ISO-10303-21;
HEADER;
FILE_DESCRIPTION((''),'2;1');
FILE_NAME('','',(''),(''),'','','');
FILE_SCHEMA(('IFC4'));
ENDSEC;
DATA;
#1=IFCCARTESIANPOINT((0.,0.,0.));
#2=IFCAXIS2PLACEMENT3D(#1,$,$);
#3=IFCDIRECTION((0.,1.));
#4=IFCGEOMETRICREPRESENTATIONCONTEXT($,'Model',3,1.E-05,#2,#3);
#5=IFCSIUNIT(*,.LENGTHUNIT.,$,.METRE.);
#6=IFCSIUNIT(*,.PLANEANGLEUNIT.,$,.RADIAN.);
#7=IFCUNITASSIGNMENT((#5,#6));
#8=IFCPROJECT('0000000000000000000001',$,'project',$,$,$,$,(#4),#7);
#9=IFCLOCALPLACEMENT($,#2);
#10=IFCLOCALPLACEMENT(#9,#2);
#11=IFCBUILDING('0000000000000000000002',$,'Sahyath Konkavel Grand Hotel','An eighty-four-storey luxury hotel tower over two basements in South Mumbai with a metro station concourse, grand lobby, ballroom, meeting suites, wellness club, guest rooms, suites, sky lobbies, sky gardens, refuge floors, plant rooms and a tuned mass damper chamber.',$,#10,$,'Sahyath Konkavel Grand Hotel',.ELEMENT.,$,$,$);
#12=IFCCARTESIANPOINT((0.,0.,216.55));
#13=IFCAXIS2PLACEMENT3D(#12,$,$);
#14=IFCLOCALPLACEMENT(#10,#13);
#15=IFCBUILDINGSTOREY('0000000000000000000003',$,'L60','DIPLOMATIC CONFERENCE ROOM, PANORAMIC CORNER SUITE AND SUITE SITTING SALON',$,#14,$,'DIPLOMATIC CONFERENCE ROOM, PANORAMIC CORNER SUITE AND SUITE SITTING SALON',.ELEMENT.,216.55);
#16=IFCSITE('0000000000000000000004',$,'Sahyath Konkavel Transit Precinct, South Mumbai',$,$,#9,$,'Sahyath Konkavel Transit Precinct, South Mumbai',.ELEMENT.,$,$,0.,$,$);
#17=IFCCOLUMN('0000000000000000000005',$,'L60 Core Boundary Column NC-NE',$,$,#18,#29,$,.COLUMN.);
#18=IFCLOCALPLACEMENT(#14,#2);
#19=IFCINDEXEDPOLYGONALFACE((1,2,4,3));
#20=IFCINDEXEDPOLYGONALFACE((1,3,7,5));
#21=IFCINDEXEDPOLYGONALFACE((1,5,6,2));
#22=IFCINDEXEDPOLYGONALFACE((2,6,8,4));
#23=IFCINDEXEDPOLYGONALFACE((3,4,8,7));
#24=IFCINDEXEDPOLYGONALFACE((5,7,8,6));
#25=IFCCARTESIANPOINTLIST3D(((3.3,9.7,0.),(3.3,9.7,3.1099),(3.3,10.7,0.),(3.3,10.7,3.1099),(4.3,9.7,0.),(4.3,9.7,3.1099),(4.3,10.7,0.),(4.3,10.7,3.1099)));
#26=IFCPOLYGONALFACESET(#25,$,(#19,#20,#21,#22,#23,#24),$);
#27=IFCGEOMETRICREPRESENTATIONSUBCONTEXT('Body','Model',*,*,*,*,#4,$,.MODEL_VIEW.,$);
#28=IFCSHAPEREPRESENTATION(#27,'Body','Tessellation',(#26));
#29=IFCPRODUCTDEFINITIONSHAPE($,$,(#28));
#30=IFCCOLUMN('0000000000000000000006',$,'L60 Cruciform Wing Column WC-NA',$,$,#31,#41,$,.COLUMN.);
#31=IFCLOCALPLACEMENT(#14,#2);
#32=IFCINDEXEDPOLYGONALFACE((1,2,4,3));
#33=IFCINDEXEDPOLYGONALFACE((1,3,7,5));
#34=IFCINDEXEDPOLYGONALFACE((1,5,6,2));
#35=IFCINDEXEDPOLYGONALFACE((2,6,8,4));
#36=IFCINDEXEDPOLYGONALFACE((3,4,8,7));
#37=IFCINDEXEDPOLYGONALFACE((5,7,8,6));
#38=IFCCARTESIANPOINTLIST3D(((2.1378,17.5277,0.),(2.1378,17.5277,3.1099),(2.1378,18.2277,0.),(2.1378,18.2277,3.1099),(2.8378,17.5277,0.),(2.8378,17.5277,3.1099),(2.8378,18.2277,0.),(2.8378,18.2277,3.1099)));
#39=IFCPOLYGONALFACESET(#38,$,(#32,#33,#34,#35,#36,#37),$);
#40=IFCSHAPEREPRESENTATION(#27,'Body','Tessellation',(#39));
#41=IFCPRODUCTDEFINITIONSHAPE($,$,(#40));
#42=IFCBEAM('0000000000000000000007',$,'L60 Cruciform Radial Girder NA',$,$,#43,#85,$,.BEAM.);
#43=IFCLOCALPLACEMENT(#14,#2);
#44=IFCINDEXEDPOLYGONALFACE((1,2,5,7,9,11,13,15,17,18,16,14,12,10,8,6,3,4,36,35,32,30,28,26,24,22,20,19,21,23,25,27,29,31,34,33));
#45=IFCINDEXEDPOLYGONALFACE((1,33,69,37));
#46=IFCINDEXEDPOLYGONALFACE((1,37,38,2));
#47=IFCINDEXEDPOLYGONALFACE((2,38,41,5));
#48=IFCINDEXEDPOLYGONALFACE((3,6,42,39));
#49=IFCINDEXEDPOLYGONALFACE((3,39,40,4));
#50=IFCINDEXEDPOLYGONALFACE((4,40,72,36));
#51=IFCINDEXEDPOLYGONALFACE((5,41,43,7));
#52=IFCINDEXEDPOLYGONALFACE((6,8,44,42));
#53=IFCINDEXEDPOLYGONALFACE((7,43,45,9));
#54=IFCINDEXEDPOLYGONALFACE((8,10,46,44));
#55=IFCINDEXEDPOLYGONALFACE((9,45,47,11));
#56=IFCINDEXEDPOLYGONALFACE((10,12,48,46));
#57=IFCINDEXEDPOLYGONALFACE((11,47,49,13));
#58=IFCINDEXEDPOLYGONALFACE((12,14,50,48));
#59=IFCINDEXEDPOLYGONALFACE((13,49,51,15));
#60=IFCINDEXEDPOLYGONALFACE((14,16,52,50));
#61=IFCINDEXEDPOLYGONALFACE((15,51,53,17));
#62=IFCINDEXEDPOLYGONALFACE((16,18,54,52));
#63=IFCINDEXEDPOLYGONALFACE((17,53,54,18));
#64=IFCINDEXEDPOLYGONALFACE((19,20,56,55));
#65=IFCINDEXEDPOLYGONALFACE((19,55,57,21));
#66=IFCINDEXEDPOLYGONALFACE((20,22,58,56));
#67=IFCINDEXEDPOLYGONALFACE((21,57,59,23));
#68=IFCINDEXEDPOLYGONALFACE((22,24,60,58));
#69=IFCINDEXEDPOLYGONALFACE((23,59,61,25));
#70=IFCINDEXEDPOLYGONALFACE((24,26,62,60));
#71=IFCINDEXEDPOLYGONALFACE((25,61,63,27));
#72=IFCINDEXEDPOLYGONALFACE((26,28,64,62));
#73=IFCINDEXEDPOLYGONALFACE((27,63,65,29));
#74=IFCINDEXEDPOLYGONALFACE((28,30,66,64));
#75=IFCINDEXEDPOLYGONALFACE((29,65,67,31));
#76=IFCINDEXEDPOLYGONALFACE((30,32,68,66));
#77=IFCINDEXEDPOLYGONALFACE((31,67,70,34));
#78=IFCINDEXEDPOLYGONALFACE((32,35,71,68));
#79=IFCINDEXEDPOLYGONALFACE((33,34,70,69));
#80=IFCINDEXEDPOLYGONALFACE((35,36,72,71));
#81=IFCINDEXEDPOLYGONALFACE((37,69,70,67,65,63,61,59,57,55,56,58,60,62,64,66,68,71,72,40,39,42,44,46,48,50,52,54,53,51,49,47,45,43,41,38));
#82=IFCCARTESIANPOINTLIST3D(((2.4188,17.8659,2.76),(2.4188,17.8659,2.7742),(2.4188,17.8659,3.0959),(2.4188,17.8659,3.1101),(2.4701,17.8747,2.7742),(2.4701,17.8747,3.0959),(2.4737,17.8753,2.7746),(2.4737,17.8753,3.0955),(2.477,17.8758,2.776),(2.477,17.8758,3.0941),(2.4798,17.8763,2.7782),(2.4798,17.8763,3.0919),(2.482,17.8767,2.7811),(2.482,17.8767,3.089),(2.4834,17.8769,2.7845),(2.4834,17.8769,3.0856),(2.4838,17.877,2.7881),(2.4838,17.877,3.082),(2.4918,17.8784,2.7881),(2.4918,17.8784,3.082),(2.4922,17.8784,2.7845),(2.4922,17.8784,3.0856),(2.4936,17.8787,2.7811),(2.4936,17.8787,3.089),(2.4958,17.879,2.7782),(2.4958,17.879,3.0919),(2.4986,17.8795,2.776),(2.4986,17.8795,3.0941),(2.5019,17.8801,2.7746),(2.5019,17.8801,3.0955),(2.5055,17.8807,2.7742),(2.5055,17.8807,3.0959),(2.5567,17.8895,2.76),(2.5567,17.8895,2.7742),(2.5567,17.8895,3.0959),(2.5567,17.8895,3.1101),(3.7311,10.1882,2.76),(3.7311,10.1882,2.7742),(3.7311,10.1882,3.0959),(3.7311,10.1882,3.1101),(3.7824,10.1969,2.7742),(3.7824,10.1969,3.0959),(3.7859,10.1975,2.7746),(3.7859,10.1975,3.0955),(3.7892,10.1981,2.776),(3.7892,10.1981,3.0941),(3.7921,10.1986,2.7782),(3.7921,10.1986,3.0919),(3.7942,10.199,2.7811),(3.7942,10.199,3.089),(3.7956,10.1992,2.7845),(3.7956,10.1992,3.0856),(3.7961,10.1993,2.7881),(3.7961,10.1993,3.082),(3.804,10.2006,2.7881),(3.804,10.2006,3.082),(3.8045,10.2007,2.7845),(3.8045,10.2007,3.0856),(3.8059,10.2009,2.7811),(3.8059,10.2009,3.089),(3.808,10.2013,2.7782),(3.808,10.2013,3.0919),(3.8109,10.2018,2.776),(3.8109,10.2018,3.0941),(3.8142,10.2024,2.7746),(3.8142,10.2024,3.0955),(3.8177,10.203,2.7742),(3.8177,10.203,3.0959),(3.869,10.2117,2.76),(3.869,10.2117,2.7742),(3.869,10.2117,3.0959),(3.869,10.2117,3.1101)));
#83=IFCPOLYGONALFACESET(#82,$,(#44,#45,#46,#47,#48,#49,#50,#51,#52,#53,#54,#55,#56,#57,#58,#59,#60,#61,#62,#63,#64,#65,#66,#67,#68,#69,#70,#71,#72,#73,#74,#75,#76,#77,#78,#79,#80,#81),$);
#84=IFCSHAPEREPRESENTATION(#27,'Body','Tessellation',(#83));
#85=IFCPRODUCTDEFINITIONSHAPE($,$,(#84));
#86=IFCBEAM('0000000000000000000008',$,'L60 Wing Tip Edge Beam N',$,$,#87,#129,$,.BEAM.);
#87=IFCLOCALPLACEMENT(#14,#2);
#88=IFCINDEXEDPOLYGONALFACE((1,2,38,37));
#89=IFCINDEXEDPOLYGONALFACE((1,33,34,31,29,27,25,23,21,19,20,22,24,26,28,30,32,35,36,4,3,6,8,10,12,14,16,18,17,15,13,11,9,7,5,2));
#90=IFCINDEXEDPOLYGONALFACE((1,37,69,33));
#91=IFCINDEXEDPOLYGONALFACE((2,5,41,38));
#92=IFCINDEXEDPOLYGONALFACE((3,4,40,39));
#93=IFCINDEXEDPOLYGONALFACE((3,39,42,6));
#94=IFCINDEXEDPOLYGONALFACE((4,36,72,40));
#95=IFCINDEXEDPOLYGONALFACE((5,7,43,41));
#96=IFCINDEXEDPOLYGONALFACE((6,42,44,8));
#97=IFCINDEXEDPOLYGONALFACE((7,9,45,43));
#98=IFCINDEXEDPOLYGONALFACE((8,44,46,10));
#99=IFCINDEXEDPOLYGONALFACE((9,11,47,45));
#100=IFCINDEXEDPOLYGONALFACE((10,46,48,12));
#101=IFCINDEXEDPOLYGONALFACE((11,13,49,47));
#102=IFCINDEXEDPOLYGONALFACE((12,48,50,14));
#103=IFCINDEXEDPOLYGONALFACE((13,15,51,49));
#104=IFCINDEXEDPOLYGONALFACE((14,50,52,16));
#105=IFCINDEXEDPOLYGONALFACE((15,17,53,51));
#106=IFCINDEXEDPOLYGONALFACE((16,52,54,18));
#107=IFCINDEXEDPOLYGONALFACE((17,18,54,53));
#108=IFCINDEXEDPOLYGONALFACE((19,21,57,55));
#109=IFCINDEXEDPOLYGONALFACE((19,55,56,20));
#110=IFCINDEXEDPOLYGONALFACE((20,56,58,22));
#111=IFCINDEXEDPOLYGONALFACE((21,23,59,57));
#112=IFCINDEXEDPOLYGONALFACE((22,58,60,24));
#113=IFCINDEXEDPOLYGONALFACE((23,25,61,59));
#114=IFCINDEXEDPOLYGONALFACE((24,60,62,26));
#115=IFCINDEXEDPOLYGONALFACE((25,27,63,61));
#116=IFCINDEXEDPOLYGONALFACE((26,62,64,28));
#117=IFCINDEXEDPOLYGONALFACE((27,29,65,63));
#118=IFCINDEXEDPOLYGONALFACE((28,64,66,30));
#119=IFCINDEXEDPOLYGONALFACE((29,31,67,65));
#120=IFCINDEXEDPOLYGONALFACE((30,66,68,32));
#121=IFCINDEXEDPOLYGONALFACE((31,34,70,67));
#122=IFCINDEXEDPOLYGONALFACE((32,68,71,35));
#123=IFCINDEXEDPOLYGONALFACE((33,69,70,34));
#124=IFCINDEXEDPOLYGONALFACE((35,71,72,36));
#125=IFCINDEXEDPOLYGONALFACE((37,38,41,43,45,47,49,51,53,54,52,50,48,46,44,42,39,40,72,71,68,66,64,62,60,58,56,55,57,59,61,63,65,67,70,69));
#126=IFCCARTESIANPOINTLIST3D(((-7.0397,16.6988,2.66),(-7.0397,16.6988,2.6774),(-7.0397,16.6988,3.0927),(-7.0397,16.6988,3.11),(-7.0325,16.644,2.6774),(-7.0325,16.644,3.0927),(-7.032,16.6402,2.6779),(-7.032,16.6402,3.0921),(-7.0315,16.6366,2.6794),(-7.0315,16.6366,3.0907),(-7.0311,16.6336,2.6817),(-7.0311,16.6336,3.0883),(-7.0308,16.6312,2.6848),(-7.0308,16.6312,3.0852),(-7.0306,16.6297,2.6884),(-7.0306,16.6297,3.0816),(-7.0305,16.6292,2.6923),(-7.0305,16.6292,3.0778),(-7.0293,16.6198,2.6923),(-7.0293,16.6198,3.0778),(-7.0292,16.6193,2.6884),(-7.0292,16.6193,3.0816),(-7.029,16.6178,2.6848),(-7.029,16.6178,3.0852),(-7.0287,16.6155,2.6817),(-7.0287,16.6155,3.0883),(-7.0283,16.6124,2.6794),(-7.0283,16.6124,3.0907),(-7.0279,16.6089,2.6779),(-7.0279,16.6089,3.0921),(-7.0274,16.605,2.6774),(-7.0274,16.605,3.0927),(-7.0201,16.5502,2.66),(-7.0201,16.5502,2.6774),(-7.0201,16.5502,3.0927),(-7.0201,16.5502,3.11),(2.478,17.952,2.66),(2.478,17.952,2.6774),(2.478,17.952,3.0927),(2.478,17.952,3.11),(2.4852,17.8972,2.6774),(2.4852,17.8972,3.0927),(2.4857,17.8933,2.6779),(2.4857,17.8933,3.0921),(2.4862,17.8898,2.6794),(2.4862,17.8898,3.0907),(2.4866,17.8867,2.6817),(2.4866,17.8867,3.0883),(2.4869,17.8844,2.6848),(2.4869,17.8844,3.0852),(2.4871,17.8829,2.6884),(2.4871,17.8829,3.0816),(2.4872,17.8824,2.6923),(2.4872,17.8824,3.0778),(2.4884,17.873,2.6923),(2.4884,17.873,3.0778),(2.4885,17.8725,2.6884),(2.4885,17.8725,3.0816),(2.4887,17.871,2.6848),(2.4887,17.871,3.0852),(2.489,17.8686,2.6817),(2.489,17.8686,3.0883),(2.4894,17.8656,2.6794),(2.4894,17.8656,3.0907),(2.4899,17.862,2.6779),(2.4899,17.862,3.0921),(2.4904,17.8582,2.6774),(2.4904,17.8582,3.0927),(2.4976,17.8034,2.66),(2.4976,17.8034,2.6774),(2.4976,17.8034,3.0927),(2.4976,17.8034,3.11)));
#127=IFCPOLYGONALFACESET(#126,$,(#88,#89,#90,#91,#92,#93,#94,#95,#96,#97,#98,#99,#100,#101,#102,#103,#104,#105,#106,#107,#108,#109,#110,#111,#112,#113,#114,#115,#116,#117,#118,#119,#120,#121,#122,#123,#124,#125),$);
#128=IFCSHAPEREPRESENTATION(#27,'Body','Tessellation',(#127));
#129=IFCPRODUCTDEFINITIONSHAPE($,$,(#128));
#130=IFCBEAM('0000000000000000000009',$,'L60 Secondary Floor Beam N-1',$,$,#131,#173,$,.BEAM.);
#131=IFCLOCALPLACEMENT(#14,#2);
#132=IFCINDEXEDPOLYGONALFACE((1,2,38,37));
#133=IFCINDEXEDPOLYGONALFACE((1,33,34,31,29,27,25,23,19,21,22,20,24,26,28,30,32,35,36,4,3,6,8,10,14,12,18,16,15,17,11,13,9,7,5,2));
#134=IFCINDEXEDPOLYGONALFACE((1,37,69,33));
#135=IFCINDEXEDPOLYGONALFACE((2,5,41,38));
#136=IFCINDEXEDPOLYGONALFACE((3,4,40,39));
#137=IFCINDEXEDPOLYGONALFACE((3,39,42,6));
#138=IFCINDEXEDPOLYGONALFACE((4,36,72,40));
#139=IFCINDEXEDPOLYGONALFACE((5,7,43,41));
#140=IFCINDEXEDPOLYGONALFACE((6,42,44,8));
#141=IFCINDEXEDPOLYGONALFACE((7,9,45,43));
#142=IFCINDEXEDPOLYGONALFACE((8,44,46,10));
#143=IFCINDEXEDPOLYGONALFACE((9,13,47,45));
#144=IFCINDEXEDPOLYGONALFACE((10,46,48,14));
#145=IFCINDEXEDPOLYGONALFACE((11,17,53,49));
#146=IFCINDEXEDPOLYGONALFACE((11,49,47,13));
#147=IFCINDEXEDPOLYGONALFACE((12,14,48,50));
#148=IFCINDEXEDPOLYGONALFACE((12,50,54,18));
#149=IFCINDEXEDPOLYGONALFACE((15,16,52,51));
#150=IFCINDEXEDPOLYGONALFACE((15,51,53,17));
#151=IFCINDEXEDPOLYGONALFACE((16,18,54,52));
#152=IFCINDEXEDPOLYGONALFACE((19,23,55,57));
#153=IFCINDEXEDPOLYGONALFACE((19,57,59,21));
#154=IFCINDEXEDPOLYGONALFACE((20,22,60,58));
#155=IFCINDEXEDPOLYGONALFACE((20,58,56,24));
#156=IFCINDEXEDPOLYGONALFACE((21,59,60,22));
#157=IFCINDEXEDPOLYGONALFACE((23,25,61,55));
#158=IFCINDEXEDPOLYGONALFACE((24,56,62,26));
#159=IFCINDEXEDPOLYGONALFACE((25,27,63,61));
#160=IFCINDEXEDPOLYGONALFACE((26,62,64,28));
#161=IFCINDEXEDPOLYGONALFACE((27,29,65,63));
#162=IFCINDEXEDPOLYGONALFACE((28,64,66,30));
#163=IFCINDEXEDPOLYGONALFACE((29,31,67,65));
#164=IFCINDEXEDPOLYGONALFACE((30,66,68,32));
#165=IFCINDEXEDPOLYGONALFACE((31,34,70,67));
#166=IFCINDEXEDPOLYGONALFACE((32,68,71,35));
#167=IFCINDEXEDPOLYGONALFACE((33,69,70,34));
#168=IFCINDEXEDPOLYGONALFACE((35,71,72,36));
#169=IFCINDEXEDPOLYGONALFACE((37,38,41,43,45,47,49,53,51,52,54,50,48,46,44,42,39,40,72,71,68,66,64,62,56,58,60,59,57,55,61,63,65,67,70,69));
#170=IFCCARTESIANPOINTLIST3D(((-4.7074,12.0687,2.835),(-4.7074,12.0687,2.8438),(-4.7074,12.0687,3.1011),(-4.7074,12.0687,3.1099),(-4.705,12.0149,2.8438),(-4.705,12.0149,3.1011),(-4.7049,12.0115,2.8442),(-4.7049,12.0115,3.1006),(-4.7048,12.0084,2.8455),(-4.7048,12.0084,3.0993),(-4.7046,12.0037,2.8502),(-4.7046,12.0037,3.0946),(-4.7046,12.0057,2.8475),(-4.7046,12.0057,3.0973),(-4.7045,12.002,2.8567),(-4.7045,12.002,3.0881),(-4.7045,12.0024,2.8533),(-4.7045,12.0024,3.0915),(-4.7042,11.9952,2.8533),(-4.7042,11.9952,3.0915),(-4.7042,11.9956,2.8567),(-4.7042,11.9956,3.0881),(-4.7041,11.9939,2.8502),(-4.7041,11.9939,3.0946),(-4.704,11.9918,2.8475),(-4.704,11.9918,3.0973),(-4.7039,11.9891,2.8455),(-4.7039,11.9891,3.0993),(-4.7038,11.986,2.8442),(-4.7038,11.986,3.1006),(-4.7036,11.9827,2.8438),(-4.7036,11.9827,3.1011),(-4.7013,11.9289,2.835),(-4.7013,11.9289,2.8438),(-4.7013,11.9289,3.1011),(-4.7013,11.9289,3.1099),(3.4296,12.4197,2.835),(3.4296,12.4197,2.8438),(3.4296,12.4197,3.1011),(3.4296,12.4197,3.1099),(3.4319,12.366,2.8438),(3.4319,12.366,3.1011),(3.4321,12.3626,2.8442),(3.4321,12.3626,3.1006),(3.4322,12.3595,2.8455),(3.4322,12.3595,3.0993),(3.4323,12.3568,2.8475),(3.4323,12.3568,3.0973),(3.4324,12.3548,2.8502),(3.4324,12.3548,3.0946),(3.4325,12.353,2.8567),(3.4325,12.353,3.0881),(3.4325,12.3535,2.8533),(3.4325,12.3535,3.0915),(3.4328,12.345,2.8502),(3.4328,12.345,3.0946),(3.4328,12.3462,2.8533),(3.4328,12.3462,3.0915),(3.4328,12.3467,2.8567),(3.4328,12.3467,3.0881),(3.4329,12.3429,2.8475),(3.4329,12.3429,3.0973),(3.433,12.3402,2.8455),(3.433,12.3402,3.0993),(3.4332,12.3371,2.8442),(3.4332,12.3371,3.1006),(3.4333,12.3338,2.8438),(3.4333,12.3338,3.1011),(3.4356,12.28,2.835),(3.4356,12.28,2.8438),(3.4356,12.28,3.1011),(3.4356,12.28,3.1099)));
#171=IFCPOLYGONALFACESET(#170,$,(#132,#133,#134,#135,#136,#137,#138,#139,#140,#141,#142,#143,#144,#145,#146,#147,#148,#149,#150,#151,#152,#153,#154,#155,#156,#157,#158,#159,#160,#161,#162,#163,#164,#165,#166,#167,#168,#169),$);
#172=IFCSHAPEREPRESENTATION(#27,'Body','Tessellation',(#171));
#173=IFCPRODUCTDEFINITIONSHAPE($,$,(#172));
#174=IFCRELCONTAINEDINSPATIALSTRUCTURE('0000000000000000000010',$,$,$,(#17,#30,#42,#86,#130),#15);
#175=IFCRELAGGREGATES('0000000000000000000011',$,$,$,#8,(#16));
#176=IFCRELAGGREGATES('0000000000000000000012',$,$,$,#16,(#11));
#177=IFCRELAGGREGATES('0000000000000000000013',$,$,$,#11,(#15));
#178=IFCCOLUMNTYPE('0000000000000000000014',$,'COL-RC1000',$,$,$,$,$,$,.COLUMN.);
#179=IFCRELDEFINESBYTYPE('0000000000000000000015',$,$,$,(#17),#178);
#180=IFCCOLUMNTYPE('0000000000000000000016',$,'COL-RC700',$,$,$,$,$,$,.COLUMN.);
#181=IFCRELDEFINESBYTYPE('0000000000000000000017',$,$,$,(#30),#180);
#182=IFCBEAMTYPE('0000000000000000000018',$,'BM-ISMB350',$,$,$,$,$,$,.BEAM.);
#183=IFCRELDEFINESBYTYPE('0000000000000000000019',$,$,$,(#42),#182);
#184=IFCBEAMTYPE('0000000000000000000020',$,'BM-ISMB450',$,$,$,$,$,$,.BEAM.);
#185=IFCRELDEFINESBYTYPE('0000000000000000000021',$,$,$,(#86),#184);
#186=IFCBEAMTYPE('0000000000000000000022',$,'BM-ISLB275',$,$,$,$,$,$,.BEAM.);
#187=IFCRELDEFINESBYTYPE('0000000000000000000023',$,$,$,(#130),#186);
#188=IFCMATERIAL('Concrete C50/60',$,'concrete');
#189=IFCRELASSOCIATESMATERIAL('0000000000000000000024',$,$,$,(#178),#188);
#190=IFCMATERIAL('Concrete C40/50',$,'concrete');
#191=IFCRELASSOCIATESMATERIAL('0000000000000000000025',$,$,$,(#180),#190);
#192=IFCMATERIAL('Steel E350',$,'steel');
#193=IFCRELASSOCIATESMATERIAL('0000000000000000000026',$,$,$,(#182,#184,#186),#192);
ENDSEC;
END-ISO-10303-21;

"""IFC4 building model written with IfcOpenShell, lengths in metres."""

from ifc_helpers import new_model, si_unit, direction, frame, origin, origin_2d, place, context, subcontext, project, spatial, rectangle, i_section, extrude, source, transform, mapped, material, material_profile, profile_set, type_object, element, save


model = new_model("IFC4")

# Units and contexts
model_context = context("Model", 3, precision=1e-05, world=origin(), true_north=direction((0.0, 1.0)))
body_context = subcontext(model_context, "Body", "Model", "MODEL_VIEW")
ifc_project = project(units=[si_unit("LENGTHUNIT", "METRE"), si_unit("PLANEANGLEUNIT", "RADIAN")], contexts=[model_context])

# Site, building, storey
site_placement = place(None, origin())
site = spatial("IfcSite", under=ifc_project, at=site_placement, Name="Sahyath Konkavel Transit Precinct, South Mumbai", LongName="Sahyath Konkavel Transit Precinct, South Mumbai", CompositionType="ELEMENT", RefElevation=0.0)
building_placement = place(site_placement, origin())
building = spatial("IfcBuilding", under=site, at=building_placement, Name="Sahyath Konkavel Grand Hotel", Description="An eighty-four-storey luxury hotel tower over two basements in South Mumbai with a metro station concourse, grand lobby, ballroom, meeting suites, wellness club, guest rooms, suites, sky lobbies, sky gardens, refuge floors, plant rooms and a tuned mass damper chamber.", LongName="Sahyath Konkavel Grand Hotel", CompositionType="ELEMENT")
storey_placement = place(building_placement, frame((0.0, 0.0, 216.55)))
storey = spatial("IfcBuildingStorey", under=building, at=storey_placement, Name="L60", Description="DIPLOMATIC CONFERENCE ROOM, PANORAMIC CORNER SUITE AND SUITE SITTING SALON", LongName="DIPLOMATIC CONFERENCE ROOM, PANORAMIC CORNER SUITE AND SUITE SITTING SALON", CompositionType="ELEMENT", Elevation=216.55)

# Columns
ifc_material_1 = material(Name="Concrete C50/60", Category="concrete")
ifc_material_profile_1 = material_profile(ifc_material_1, rectangle(XDim=1.0, YDim=1.0, at=origin_2d()), Name="RC 1000x1000")
ifc_profile_set_1 = profile_set([ifc_material_profile_1], Name="Concrete C50/60")
column_type_1 = type_object("IfcColumnType", Name="COL-RC1000", PredefinedType="COLUMN", material=ifc_profile_set_1)
shared_shape_1 = source(origin(), body_context, "Body", "SweptSolid", [
    extrude(rectangle(XDim=1.0, YDim=1.0, at=origin_2d()), origin(), (0.0, 0.0, 1.0), 3.1099),
])
column_1_placement = place(storey_placement, frame((3.8, 10.2, 0.0), z_axis=(0.0, 0.0, 1.0), x_axis=(1.0, 0.0, 0.0)))
element("IfcColumn", 1, at=column_1_placement, inside=storey, type_object=column_type_1, Name="L60 Core Boundary Column NC-NE", PredefinedType="COLUMN", context=body_context, shape_type="MappedRepresentation", body=[
    mapped(shared_shape_1, transform((0.0, 0.0, 0.0), scale=1.0)),
])
ifc_material_2 = material(Name="Concrete C40/50", Category="concrete")
ifc_material_profile_2 = material_profile(ifc_material_2, rectangle(XDim=0.7, YDim=0.7, at=origin_2d()), Name="RC 700x700")
ifc_profile_set_2 = profile_set([ifc_material_profile_2], Name="Concrete C40/50")
column_type_2 = type_object("IfcColumnType", Name="COL-RC700", PredefinedType="COLUMN", material=ifc_profile_set_2)
shared_shape_2 = source(origin(), body_context, "Body", "SweptSolid", [
    extrude(rectangle(XDim=0.7, YDim=0.7, at=origin_2d()), origin(), (0.0, 0.0, 1.0), 3.1099),
])
column_2_placement = place(storey_placement, frame((2.4878, 17.8777, 0.0), z_axis=(0.0, 0.0, 1.0), x_axis=(1.0, 0.0, 0.0)))
element("IfcColumn", 2, at=column_2_placement, inside=storey, type_object=column_type_2, Name="L60 Cruciform Wing Column WC-NA", PredefinedType="COLUMN", context=body_context, shape_type="MappedRepresentation", body=[
    mapped(shared_shape_2, transform((0.0, 0.0, 0.0), scale=1.0)),
])

# Beams
ifc_material_3 = material(Name="Steel E350", Category="steel")
ifc_material_profile_3 = material_profile(ifc_material_3, i_section(OverallWidth=0.1399, OverallDepth=0.3501, WebThickness=0.0081, FlangeThickness=0.0142, FilletRadius=0.0139, at=origin_2d()), Name="ISMB 350")
ifc_profile_set_3 = profile_set([ifc_material_profile_3], Name="Steel E350")
beam_type_1 = type_object("IfcBeamType", Name="BM-ISMB350", PredefinedType="BEAM", material=ifc_profile_set_3)
shared_shape_3 = source(origin(), body_context, "Body", "SweptSolid", [
    extrude(i_section(OverallWidth=0.1399, OverallDepth=0.3501, WebThickness=0.0081, FlangeThickness=0.0142, FilletRadius=0.0139, at=origin_2d()), origin(), (0.0, 0.0, 1.0), 7.7891),
])
beam_1_placement = place(storey_placement, frame((3.8, 10.2, 2.9351), z_axis=(-0.168474, 0.985706, 0.0), x_axis=(-0.985706, -0.168474, 0.0)))
element("IfcBeam", 3, at=beam_1_placement, inside=storey, type_object=beam_type_1, Name="L60 Cruciform Radial Girder NA", PredefinedType="BEAM", context=body_context, shape_type="MappedRepresentation", body=[
    mapped(shared_shape_3, transform((0.0, 0.0, 0.0), scale=1.0)),
])
ifc_material_profile_4 = material_profile(ifc_material_3, i_section(OverallWidth=0.1499, OverallDepth=0.45, WebThickness=0.0095, FlangeThickness=0.0173, FilletRadius=0.0149, at=origin_2d()), Name="ISMB 450")
ifc_profile_set_4 = profile_set([ifc_material_profile_4], Name="Steel E350")
beam_type_2 = type_object("IfcBeamType", Name="BM-ISMB450", PredefinedType="BEAM", material=ifc_profile_set_4)
shared_shape_4 = source(origin(), body_context, "Body", "SweptSolid", [
    extrude(i_section(OverallWidth=0.1499, OverallDepth=0.45, WebThickness=0.0095, FlangeThickness=0.0173, FilletRadius=0.0149, at=origin_2d()), origin(), (0.0, 0.0, 1.0), 9.5999),
])
beam_2_placement = place(storey_placement, frame((2.4878, 17.8777, 2.885), z_axis=(-0.991443, -0.130539, 0.0), x_axis=(0.130539, -0.991443, 0.0)))
element("IfcBeam", 4, at=beam_2_placement, inside=storey, type_object=beam_type_2, Name="L60 Wing Tip Edge Beam N", PredefinedType="BEAM", context=body_context, shape_type="MappedRepresentation", body=[
    mapped(shared_shape_4, transform((0.0, 0.0, 0.0), scale=1.0)),
])
ifc_material_profile_5 = material_profile(ifc_material_3, i_section(OverallWidth=0.1399, OverallDepth=0.2749, WebThickness=0.0063, FlangeThickness=0.0088, FilletRadius=0.0129, at=origin_2d()), Name="ISLB 275")
ifc_profile_set_5 = profile_set([ifc_material_profile_5], Name="Steel E350")
beam_type_3 = type_object("IfcBeamType", Name="BM-ISLB275", PredefinedType="BEAM", material=ifc_profile_set_5)
shared_shape_5 = source(origin(), body_context, "Body", "SweptSolid", [
    extrude(i_section(OverallWidth=0.1399, OverallDepth=0.2749, WebThickness=0.0063, FlangeThickness=0.0088, FilletRadius=0.0129, at=origin_2d()), origin(), (0.0, 0.0, 1.0), 8.1445),
])
beam_3_placement = place(storey_placement, frame((3.4326, 12.3499, 2.9724), z_axis=(-0.999071, -0.043106, 0.0), x_axis=(0.043106, -0.999071, 0.0)))
element("IfcBeam", 5, at=beam_3_placement, inside=storey, type_object=beam_type_3, Name="L60 Secondary Floor Beam N-1", PredefinedType="BEAM", context=body_context, shape_type="MappedRepresentation", body=[
    mapped(shared_shape_5, transform((0.0, 0.0, 0.0), scale=1.0)),
])

save(model, "model.ifc")
